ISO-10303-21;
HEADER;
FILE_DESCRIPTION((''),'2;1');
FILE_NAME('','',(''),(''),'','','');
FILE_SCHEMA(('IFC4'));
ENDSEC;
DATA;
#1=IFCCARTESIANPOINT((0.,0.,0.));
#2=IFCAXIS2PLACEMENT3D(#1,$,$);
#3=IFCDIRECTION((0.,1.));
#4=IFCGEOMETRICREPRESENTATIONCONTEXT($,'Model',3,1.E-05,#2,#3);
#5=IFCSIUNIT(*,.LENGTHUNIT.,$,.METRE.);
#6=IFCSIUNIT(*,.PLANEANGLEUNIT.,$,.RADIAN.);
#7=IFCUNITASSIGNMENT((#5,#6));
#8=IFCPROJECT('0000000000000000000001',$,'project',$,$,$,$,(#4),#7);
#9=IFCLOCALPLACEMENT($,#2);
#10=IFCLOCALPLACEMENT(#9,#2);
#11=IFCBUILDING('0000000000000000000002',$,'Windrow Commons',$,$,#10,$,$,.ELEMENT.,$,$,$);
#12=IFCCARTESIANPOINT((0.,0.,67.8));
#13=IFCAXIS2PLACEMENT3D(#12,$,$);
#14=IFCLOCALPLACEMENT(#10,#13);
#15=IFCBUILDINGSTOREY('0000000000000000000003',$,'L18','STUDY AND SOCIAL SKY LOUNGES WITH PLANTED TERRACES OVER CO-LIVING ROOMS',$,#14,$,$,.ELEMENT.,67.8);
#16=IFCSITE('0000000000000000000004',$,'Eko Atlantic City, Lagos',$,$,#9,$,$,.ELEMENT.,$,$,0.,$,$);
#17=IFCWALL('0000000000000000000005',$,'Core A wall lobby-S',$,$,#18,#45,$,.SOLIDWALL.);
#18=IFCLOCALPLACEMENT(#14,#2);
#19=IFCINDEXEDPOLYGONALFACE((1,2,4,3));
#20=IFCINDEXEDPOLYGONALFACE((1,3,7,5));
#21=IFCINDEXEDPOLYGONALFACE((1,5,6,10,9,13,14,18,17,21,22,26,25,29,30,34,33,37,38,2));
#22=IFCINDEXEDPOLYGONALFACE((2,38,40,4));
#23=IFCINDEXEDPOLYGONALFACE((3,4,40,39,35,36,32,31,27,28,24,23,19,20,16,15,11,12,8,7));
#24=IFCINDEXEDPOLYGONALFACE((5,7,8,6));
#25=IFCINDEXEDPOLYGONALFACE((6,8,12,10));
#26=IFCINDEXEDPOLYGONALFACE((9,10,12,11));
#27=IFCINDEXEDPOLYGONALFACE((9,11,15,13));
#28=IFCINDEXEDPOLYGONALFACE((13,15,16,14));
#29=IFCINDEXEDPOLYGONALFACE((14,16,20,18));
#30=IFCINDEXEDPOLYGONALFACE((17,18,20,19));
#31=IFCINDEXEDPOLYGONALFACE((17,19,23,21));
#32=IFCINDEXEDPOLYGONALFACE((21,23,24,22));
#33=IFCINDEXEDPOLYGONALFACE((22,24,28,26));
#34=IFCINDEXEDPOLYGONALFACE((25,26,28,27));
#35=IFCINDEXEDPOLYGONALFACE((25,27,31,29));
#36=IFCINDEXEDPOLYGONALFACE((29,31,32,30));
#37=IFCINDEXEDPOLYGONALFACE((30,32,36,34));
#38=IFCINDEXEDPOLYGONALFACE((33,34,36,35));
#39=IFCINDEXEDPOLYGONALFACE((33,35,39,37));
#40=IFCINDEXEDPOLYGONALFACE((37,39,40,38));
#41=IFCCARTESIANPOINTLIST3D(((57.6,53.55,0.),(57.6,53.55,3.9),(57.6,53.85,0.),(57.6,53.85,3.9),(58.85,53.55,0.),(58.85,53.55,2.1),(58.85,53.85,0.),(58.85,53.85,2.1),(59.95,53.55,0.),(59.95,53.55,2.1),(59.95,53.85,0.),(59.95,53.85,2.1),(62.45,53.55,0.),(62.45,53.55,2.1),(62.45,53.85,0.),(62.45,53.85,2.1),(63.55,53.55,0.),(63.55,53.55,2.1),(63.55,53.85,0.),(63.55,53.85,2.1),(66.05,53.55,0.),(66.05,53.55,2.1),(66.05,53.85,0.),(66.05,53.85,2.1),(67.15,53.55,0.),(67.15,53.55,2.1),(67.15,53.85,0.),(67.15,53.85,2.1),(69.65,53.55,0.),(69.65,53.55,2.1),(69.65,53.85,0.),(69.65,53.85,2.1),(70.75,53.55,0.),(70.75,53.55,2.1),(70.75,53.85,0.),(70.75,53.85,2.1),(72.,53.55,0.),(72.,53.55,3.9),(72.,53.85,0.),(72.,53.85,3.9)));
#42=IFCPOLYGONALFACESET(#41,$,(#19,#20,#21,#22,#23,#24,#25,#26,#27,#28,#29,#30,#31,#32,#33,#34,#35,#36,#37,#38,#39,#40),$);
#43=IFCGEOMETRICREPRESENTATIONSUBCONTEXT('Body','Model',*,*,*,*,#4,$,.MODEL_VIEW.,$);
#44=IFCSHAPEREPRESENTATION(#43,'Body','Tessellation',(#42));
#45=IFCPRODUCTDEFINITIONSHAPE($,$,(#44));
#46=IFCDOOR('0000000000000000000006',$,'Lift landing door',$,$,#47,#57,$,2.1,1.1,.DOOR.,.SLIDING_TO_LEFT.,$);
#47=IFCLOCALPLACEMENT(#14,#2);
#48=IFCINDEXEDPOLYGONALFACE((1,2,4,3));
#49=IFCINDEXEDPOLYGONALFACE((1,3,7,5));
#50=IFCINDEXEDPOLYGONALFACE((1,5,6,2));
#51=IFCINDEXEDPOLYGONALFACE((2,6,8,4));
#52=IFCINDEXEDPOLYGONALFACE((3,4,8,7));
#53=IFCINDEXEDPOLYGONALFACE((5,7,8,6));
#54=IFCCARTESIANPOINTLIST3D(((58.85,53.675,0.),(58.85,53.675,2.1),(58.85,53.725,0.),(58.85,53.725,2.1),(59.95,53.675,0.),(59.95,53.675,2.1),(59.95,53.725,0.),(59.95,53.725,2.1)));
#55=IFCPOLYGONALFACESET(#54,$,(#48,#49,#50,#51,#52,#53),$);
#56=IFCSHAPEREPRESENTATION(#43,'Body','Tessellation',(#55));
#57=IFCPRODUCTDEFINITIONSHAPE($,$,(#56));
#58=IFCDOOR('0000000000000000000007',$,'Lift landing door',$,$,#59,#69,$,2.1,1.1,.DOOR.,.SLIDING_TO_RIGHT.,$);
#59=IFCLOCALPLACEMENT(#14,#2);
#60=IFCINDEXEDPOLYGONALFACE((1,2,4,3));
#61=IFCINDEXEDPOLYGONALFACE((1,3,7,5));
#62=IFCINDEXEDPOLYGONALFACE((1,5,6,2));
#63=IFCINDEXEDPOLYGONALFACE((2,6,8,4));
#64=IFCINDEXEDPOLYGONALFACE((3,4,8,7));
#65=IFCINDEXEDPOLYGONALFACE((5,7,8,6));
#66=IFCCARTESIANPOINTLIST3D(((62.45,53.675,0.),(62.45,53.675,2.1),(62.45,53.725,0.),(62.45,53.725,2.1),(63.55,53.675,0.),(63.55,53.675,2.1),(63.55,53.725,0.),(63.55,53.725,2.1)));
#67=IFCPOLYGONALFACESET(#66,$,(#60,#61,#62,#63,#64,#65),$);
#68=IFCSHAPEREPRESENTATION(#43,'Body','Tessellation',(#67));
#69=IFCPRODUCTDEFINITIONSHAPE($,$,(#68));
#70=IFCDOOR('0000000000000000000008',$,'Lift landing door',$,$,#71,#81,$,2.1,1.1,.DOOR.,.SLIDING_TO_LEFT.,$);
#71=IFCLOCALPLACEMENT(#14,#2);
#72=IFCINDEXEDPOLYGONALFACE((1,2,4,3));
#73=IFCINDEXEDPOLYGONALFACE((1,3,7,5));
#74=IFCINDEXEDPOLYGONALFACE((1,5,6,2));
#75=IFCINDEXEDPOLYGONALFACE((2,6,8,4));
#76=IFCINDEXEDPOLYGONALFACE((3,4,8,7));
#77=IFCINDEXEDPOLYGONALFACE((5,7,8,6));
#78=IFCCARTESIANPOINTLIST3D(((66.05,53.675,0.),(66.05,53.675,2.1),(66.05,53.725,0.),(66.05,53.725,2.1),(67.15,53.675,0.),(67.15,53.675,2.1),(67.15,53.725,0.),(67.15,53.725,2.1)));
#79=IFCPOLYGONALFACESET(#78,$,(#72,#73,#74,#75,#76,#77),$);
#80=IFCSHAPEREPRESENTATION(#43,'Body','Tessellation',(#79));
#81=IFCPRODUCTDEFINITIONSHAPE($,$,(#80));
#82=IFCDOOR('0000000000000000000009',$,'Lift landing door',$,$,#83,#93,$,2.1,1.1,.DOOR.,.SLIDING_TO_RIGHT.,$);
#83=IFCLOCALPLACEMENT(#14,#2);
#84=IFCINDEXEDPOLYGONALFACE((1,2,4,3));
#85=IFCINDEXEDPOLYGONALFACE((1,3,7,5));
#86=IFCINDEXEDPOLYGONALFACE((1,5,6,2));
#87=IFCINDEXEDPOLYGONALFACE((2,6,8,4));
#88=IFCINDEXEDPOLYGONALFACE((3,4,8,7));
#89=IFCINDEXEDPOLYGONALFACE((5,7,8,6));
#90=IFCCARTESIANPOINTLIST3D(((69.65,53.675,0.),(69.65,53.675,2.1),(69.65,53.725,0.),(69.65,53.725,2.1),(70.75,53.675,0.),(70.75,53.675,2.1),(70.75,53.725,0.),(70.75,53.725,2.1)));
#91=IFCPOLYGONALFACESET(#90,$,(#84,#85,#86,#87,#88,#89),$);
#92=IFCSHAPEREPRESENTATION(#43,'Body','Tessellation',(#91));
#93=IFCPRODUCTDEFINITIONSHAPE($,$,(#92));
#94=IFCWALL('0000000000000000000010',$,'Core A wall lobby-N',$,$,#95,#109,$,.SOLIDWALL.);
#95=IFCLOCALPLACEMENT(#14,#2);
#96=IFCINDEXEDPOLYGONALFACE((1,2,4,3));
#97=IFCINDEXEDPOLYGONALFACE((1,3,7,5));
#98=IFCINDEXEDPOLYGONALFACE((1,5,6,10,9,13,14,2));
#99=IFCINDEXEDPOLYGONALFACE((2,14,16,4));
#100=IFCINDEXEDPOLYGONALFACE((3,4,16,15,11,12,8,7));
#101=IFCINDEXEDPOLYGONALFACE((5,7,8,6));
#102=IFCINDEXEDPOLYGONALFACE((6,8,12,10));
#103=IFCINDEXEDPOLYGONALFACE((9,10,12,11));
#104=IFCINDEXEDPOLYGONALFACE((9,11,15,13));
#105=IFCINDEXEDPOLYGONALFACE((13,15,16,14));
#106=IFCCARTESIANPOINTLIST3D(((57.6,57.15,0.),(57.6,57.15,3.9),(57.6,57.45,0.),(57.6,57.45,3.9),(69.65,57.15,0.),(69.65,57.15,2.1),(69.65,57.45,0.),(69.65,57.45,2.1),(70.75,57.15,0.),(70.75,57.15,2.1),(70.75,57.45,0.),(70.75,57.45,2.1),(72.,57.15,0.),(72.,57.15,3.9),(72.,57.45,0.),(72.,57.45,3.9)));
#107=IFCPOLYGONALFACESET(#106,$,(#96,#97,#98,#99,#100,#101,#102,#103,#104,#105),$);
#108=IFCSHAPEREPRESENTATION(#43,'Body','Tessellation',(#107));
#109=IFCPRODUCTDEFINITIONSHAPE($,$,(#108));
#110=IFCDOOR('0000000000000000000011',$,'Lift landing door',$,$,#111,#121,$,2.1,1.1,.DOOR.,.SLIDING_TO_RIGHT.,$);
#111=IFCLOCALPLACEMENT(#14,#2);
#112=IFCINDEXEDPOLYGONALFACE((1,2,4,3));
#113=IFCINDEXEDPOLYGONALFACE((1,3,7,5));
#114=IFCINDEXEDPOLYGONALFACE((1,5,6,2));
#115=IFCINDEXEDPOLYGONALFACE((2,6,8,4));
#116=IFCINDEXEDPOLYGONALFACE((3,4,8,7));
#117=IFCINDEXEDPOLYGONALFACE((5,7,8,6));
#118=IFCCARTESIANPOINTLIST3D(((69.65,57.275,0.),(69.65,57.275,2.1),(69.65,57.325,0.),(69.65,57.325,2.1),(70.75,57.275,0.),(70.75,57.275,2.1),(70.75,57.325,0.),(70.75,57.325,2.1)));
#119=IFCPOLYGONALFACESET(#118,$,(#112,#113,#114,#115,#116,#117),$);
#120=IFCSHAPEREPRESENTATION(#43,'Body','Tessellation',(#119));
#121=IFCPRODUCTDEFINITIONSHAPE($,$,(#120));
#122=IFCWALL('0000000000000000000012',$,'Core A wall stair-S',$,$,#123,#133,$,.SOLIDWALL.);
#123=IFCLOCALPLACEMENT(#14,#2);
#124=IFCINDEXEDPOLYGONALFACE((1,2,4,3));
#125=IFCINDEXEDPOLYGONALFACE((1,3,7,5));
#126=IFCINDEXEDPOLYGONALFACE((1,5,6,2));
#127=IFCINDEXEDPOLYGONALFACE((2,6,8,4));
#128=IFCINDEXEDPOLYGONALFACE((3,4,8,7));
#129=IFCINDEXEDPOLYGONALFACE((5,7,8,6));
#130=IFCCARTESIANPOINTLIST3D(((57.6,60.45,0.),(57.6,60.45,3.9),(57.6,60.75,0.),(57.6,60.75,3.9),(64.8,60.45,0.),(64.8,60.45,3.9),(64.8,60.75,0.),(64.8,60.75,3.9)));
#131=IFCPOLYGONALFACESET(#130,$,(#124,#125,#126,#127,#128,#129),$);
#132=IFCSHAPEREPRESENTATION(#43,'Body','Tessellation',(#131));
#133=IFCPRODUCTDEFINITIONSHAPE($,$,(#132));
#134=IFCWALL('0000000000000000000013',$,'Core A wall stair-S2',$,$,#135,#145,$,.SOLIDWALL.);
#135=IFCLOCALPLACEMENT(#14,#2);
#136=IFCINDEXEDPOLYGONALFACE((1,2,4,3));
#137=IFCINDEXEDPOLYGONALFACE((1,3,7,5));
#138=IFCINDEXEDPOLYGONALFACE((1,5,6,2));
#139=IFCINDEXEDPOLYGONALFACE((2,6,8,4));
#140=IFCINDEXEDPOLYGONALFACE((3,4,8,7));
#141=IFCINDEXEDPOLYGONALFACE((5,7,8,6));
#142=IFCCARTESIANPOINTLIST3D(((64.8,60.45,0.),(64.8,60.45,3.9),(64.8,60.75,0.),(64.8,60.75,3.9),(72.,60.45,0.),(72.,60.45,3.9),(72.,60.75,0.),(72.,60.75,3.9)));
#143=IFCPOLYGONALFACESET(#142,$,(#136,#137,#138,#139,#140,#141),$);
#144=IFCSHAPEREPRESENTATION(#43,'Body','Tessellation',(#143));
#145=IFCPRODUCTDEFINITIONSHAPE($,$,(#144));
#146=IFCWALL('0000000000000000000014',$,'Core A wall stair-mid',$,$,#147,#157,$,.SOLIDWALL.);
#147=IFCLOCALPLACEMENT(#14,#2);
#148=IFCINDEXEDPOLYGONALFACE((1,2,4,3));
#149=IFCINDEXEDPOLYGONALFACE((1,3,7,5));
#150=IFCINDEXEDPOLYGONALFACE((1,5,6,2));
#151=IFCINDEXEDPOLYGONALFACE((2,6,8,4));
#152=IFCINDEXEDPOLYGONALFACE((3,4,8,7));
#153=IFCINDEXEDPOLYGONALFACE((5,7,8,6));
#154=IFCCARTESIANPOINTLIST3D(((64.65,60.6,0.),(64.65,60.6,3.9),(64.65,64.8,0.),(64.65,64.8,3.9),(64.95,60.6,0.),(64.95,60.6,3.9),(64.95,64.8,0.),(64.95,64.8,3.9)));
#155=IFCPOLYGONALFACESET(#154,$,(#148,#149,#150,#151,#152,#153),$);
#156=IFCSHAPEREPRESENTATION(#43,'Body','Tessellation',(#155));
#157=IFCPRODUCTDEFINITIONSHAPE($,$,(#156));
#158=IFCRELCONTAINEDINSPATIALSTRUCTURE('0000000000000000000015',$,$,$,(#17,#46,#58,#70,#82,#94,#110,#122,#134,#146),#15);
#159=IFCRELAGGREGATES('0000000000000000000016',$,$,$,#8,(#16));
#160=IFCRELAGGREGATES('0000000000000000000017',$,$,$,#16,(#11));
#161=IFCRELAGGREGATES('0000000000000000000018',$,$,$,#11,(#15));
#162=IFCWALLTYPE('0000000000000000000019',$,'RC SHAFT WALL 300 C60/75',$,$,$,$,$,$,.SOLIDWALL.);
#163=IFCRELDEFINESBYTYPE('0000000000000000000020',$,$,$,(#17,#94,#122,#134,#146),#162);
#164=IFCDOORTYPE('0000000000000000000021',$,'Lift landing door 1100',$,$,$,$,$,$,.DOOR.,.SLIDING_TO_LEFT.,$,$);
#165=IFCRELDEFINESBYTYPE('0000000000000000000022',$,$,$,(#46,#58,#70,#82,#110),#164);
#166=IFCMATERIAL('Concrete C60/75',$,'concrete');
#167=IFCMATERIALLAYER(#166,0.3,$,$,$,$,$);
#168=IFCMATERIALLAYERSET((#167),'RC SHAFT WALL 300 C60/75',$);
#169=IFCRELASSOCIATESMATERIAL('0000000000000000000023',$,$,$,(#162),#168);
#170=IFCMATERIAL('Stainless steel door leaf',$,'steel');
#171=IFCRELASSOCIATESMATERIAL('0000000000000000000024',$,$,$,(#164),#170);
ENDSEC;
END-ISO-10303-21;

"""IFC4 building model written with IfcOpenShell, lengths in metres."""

from ifc_helpers import new_model, si_unit, direction, frame, frame_2d, origin, place, context, subcontext, project, spatial, rectangle, extrude, material, layer, layer_set, type_object, element, fill, save


model = new_model("IFC4")

# Units and contexts
model_context = context("Model", 3, precision=1e-05, world=origin(), true_north=direction((0.0, 1.0)))
body_context = subcontext(model_context, "Body", "Model", "MODEL_VIEW")
ifc_project = project(units=[si_unit("LENGTHUNIT", "METRE"), si_unit("PLANEANGLEUNIT", "RADIAN")], contexts=[model_context])

# Site, building, storey
site_placement = place(None, origin())
site = spatial("IfcSite", under=ifc_project, at=site_placement, Name="Eko Atlantic City, Lagos", CompositionType="ELEMENT", RefElevation=0.0)
building_placement = place(site_placement, origin())
building = spatial("IfcBuilding", under=site, at=building_placement, Name="Windrow Commons", CompositionType="ELEMENT")
storey_placement = place(building_placement, frame((0.0, 0.0, 67.8)))
storey = spatial("IfcBuildingStorey", under=building, at=storey_placement, Name="L18", Description="STUDY AND SOCIAL SKY LOUNGES WITH PLANTED TERRACES OVER CO-LIVING ROOMS", CompositionType="ELEMENT", Elevation=67.8)

# Shared definitions
ifc_material_1 = material(Name="Concrete C60/75", Category="concrete")
ifc_layer_1 = layer(ifc_material_1, 0.3)
ifc_layer_set_1 = layer_set([ifc_layer_1], Name="RC SHAFT WALL 300 C60/75")
wall_type_1 = type_object("IfcWallType", Name="RC SHAFT WALL 300 C60/75", PredefinedType="SOLIDWALL", material=ifc_layer_set_1)

# Wall, openings, doors
wall_1_placement = place(storey_placement, frame((57.6, 53.7, 0.0), z_axis=(0.0, 0.0, 1.0), x_axis=(1.0, 0.0, 0.0)))
wall_1 = element("IfcWall", 1, at=wall_1_placement, inside=storey, type_object=wall_type_1, Name="Core A wall lobby-S", PredefinedType="SOLIDWALL", context=body_context, shape_type="SweptSolid", body=[
    extrude(rectangle(XDim=14.4, YDim=0.3, at=frame_2d((7.2, 0.0))), origin(), (0.0, 0.0, 1.0), 3.9),
])
opening_1_placement = place(wall_1_placement, frame((1.25, 0.0, 0.0)))
opening_1 = element("IfcOpeningElement", 2, at=opening_1_placement, cuts=wall_1, PredefinedType="OPENING", context=body_context, shape_type="SweptSolid", body=[
    extrude(rectangle(XDim=1.1, YDim=2.1, at=frame_2d((0.55, 1.05))), frame((0.0, 0.16, 0.0), z_axis=(0.0, -1.0, 0.0), x_axis=(1.0, 0.0, 0.0)), (0.0, 0.0, 1.0), 0.32),
])
opening_2_placement = place(wall_1_placement, frame((4.85, 0.0, 0.0)))
opening_2 = element("IfcOpeningElement", 3, at=opening_2_placement, cuts=wall_1, PredefinedType="OPENING", context=body_context, shape_type="SweptSolid", body=[
    extrude(rectangle(XDim=1.1, YDim=2.1, at=frame_2d((0.55, 1.05))), frame((0.0, 0.16, 0.0), z_axis=(0.0, -1.0, 0.0), x_axis=(1.0, 0.0, 0.0)), (0.0, 0.0, 1.0), 0.32),
])
opening_3_placement = place(wall_1_placement, frame((8.45, 0.0, 0.0)))
opening_3 = element("IfcOpeningElement", 4, at=opening_3_placement, cuts=wall_1, PredefinedType="OPENING", context=body_context, shape_type="SweptSolid", body=[
    extrude(rectangle(XDim=1.1, YDim=2.1, at=frame_2d((0.55, 1.05))), frame((0.0, 0.16, 0.0), z_axis=(0.0, -1.0, 0.0), x_axis=(1.0, 0.0, 0.0)), (0.0, 0.0, 1.0), 0.32),
])
opening_4_placement = place(wall_1_placement, frame((12.05, 0.0, 0.0)))
opening_4 = element("IfcOpeningElement", 5, at=opening_4_placement, cuts=wall_1, PredefinedType="OPENING", context=body_context, shape_type="SweptSolid", body=[
    extrude(rectangle(XDim=1.1, YDim=2.1, at=frame_2d((0.55, 1.05))), frame((0.0, 0.16, 0.0), z_axis=(0.0, -1.0, 0.0), x_axis=(1.0, 0.0, 0.0)), (0.0, 0.0, 1.0), 0.32),
])
ifc_material_2 = material(Name="Stainless steel door leaf", Category="steel")
door_type_1 = type_object("IfcDoorType", Name="Lift landing door 1100", OperationType="SLIDING_TO_LEFT", PredefinedType="DOOR", material=ifc_material_2)
door_1_placement = place(opening_1_placement, origin())
door_1 = element("IfcDoor", 6, at=door_1_placement, inside=storey, type_object=door_type_1, Name="Lift landing door", OperationType="SLIDING_TO_LEFT", OverallHeight=2.1, OverallWidth=1.1, PredefinedType="DOOR", context=body_context, shape_type="SweptSolid", body=[
    extrude(rectangle(XDim=1.1, YDim=2.1, at=frame_2d((0.55, 1.05))), frame((0.0, 0.025, 0.0), z_axis=(0.0, -1.0, 0.0), x_axis=(1.0, 0.0, 0.0)), (0.0, 0.0, 1.0), 0.05),
])
fill(opening_1, door_1)
door_2_placement = place(opening_2_placement, origin())
door_2 = element("IfcDoor", 7, at=door_2_placement, inside=storey, type_object=door_type_1, Name="Lift landing door", OperationType="SLIDING_TO_RIGHT", OverallHeight=2.1, OverallWidth=1.1, PredefinedType="DOOR", context=body_context, shape_type="SweptSolid", body=[
    extrude(rectangle(XDim=1.1, YDim=2.1, at=frame_2d((0.55, 1.05))), frame((0.0, 0.025, 0.0), z_axis=(0.0, -1.0, 0.0), x_axis=(1.0, 0.0, 0.0)), (0.0, 0.0, 1.0), 0.05),
])
fill(opening_2, door_2)
door_3_placement = place(opening_3_placement, origin())
door_3 = element("IfcDoor", 8, at=door_3_placement, inside=storey, type_object=door_type_1, Name="Lift landing door", OperationType="SLIDING_TO_LEFT", OverallHeight=2.1, OverallWidth=1.1, PredefinedType="DOOR", context=body_context, shape_type="SweptSolid", body=[
    extrude(rectangle(XDim=1.1, YDim=2.1, at=frame_2d((0.55, 1.05))), frame((0.0, 0.025, 0.0), z_axis=(0.0, -1.0, 0.0), x_axis=(1.0, 0.0, 0.0)), (0.0, 0.0, 1.0), 0.05),
])
fill(opening_3, door_3)
door_4_placement = place(opening_4_placement, origin())
door_4 = element("IfcDoor", 9, at=door_4_placement, inside=storey, type_object=door_type_1, Name="Lift landing door", OperationType="SLIDING_TO_RIGHT", OverallHeight=2.1, OverallWidth=1.1, PredefinedType="DOOR", context=body_context, shape_type="SweptSolid", body=[
    extrude(rectangle(XDim=1.1, YDim=2.1, at=frame_2d((0.55, 1.05))), frame((0.0, 0.025, 0.0), z_axis=(0.0, -1.0, 0.0), x_axis=(1.0, 0.0, 0.0)), (0.0, 0.0, 1.0), 0.05),
])
fill(opening_4, door_4)

# Wall, opening, door
wall_2_placement = place(storey_placement, frame((57.6, 57.3, 0.0), z_axis=(0.0, 0.0, 1.0), x_axis=(1.0, 0.0, 0.0)))
wall_2 = element("IfcWall", 10, at=wall_2_placement, inside=storey, type_object=wall_type_1, Name="Core A wall lobby-N", PredefinedType="SOLIDWALL", context=body_context, shape_type="SweptSolid", body=[
    extrude(rectangle(XDim=14.4, YDim=0.3, at=frame_2d((7.2, 0.0))), origin(), (0.0, 0.0, 1.0), 3.9),
])
opening_5_placement = place(wall_2_placement, frame((12.05, 0.0, 0.0)))
opening_5 = element("IfcOpeningElement", 11, at=opening_5_placement, cuts=wall_2, PredefinedType="OPENING", context=body_context, shape_type="SweptSolid", body=[
    extrude(rectangle(XDim=1.1, YDim=2.1, at=frame_2d((0.55, 1.05))), frame((0.0, 0.16, 0.0), z_axis=(0.0, -1.0, 0.0), x_axis=(1.0, 0.0, 0.0)), (0.0, 0.0, 1.0), 0.32),
])
door_5_placement = place(opening_5_placement, origin())
door_5 = element("IfcDoor", 12, at=door_5_placement, inside=storey, type_object=door_type_1, Name="Lift landing door", OperationType="SLIDING_TO_RIGHT", OverallHeight=2.1, OverallWidth=1.1, PredefinedType="DOOR", context=body_context, shape_type="SweptSolid", body=[
    extrude(rectangle(XDim=1.1, YDim=2.1, at=frame_2d((0.55, 1.05))), frame((0.0, 0.025, 0.0), z_axis=(0.0, -1.0, 0.0), x_axis=(1.0, 0.0, 0.0)), (0.0, 0.0, 1.0), 0.05),
])
fill(opening_5, door_5)

# Walls
for number, where, z_axis, x_axis, name in (
    (13, (57.6, 60.6, 0.0), (0.0, 0.0, 1.0), (1.0, 0.0, 0.0), "Core A wall stair-S"),
    (14, (64.8, 60.6, 0.0), (0.0, 0.0, 1.0), (1.0, 0.0, 0.0), "Core A wall stair-S2"),
):
    element("IfcWall", number, at=place(storey_placement, frame(where, z_axis=z_axis, x_axis=x_axis)), inside=storey, type_object=wall_type_1, Name=name, PredefinedType="SOLIDWALL", context=body_context, shape_type="SweptSolid", body=[
        extrude(rectangle(XDim=7.2, YDim=0.3, at=frame_2d((3.6, 0.0))), origin(), (0.0, 0.0, 1.0), 3.9),
    ])
wall_3_placement = place(storey_placement, frame((64.8, 60.6, 0.0), z_axis=(0.0, 0.0, 1.0), x_axis=(0.0, 1.0, 0.0)))
element("IfcWall", 15, at=wall_3_placement, inside=storey, type_object=wall_type_1, Name="Core A wall stair-mid", PredefinedType="SOLIDWALL", context=body_context, shape_type="SweptSolid", body=[
    extrude(rectangle(XDim=4.2, YDim=0.3, at=frame_2d((2.1, 0.0))), origin(), (0.0, 0.0, 1.0), 3.9),
])

save(model, "model.ifc")
